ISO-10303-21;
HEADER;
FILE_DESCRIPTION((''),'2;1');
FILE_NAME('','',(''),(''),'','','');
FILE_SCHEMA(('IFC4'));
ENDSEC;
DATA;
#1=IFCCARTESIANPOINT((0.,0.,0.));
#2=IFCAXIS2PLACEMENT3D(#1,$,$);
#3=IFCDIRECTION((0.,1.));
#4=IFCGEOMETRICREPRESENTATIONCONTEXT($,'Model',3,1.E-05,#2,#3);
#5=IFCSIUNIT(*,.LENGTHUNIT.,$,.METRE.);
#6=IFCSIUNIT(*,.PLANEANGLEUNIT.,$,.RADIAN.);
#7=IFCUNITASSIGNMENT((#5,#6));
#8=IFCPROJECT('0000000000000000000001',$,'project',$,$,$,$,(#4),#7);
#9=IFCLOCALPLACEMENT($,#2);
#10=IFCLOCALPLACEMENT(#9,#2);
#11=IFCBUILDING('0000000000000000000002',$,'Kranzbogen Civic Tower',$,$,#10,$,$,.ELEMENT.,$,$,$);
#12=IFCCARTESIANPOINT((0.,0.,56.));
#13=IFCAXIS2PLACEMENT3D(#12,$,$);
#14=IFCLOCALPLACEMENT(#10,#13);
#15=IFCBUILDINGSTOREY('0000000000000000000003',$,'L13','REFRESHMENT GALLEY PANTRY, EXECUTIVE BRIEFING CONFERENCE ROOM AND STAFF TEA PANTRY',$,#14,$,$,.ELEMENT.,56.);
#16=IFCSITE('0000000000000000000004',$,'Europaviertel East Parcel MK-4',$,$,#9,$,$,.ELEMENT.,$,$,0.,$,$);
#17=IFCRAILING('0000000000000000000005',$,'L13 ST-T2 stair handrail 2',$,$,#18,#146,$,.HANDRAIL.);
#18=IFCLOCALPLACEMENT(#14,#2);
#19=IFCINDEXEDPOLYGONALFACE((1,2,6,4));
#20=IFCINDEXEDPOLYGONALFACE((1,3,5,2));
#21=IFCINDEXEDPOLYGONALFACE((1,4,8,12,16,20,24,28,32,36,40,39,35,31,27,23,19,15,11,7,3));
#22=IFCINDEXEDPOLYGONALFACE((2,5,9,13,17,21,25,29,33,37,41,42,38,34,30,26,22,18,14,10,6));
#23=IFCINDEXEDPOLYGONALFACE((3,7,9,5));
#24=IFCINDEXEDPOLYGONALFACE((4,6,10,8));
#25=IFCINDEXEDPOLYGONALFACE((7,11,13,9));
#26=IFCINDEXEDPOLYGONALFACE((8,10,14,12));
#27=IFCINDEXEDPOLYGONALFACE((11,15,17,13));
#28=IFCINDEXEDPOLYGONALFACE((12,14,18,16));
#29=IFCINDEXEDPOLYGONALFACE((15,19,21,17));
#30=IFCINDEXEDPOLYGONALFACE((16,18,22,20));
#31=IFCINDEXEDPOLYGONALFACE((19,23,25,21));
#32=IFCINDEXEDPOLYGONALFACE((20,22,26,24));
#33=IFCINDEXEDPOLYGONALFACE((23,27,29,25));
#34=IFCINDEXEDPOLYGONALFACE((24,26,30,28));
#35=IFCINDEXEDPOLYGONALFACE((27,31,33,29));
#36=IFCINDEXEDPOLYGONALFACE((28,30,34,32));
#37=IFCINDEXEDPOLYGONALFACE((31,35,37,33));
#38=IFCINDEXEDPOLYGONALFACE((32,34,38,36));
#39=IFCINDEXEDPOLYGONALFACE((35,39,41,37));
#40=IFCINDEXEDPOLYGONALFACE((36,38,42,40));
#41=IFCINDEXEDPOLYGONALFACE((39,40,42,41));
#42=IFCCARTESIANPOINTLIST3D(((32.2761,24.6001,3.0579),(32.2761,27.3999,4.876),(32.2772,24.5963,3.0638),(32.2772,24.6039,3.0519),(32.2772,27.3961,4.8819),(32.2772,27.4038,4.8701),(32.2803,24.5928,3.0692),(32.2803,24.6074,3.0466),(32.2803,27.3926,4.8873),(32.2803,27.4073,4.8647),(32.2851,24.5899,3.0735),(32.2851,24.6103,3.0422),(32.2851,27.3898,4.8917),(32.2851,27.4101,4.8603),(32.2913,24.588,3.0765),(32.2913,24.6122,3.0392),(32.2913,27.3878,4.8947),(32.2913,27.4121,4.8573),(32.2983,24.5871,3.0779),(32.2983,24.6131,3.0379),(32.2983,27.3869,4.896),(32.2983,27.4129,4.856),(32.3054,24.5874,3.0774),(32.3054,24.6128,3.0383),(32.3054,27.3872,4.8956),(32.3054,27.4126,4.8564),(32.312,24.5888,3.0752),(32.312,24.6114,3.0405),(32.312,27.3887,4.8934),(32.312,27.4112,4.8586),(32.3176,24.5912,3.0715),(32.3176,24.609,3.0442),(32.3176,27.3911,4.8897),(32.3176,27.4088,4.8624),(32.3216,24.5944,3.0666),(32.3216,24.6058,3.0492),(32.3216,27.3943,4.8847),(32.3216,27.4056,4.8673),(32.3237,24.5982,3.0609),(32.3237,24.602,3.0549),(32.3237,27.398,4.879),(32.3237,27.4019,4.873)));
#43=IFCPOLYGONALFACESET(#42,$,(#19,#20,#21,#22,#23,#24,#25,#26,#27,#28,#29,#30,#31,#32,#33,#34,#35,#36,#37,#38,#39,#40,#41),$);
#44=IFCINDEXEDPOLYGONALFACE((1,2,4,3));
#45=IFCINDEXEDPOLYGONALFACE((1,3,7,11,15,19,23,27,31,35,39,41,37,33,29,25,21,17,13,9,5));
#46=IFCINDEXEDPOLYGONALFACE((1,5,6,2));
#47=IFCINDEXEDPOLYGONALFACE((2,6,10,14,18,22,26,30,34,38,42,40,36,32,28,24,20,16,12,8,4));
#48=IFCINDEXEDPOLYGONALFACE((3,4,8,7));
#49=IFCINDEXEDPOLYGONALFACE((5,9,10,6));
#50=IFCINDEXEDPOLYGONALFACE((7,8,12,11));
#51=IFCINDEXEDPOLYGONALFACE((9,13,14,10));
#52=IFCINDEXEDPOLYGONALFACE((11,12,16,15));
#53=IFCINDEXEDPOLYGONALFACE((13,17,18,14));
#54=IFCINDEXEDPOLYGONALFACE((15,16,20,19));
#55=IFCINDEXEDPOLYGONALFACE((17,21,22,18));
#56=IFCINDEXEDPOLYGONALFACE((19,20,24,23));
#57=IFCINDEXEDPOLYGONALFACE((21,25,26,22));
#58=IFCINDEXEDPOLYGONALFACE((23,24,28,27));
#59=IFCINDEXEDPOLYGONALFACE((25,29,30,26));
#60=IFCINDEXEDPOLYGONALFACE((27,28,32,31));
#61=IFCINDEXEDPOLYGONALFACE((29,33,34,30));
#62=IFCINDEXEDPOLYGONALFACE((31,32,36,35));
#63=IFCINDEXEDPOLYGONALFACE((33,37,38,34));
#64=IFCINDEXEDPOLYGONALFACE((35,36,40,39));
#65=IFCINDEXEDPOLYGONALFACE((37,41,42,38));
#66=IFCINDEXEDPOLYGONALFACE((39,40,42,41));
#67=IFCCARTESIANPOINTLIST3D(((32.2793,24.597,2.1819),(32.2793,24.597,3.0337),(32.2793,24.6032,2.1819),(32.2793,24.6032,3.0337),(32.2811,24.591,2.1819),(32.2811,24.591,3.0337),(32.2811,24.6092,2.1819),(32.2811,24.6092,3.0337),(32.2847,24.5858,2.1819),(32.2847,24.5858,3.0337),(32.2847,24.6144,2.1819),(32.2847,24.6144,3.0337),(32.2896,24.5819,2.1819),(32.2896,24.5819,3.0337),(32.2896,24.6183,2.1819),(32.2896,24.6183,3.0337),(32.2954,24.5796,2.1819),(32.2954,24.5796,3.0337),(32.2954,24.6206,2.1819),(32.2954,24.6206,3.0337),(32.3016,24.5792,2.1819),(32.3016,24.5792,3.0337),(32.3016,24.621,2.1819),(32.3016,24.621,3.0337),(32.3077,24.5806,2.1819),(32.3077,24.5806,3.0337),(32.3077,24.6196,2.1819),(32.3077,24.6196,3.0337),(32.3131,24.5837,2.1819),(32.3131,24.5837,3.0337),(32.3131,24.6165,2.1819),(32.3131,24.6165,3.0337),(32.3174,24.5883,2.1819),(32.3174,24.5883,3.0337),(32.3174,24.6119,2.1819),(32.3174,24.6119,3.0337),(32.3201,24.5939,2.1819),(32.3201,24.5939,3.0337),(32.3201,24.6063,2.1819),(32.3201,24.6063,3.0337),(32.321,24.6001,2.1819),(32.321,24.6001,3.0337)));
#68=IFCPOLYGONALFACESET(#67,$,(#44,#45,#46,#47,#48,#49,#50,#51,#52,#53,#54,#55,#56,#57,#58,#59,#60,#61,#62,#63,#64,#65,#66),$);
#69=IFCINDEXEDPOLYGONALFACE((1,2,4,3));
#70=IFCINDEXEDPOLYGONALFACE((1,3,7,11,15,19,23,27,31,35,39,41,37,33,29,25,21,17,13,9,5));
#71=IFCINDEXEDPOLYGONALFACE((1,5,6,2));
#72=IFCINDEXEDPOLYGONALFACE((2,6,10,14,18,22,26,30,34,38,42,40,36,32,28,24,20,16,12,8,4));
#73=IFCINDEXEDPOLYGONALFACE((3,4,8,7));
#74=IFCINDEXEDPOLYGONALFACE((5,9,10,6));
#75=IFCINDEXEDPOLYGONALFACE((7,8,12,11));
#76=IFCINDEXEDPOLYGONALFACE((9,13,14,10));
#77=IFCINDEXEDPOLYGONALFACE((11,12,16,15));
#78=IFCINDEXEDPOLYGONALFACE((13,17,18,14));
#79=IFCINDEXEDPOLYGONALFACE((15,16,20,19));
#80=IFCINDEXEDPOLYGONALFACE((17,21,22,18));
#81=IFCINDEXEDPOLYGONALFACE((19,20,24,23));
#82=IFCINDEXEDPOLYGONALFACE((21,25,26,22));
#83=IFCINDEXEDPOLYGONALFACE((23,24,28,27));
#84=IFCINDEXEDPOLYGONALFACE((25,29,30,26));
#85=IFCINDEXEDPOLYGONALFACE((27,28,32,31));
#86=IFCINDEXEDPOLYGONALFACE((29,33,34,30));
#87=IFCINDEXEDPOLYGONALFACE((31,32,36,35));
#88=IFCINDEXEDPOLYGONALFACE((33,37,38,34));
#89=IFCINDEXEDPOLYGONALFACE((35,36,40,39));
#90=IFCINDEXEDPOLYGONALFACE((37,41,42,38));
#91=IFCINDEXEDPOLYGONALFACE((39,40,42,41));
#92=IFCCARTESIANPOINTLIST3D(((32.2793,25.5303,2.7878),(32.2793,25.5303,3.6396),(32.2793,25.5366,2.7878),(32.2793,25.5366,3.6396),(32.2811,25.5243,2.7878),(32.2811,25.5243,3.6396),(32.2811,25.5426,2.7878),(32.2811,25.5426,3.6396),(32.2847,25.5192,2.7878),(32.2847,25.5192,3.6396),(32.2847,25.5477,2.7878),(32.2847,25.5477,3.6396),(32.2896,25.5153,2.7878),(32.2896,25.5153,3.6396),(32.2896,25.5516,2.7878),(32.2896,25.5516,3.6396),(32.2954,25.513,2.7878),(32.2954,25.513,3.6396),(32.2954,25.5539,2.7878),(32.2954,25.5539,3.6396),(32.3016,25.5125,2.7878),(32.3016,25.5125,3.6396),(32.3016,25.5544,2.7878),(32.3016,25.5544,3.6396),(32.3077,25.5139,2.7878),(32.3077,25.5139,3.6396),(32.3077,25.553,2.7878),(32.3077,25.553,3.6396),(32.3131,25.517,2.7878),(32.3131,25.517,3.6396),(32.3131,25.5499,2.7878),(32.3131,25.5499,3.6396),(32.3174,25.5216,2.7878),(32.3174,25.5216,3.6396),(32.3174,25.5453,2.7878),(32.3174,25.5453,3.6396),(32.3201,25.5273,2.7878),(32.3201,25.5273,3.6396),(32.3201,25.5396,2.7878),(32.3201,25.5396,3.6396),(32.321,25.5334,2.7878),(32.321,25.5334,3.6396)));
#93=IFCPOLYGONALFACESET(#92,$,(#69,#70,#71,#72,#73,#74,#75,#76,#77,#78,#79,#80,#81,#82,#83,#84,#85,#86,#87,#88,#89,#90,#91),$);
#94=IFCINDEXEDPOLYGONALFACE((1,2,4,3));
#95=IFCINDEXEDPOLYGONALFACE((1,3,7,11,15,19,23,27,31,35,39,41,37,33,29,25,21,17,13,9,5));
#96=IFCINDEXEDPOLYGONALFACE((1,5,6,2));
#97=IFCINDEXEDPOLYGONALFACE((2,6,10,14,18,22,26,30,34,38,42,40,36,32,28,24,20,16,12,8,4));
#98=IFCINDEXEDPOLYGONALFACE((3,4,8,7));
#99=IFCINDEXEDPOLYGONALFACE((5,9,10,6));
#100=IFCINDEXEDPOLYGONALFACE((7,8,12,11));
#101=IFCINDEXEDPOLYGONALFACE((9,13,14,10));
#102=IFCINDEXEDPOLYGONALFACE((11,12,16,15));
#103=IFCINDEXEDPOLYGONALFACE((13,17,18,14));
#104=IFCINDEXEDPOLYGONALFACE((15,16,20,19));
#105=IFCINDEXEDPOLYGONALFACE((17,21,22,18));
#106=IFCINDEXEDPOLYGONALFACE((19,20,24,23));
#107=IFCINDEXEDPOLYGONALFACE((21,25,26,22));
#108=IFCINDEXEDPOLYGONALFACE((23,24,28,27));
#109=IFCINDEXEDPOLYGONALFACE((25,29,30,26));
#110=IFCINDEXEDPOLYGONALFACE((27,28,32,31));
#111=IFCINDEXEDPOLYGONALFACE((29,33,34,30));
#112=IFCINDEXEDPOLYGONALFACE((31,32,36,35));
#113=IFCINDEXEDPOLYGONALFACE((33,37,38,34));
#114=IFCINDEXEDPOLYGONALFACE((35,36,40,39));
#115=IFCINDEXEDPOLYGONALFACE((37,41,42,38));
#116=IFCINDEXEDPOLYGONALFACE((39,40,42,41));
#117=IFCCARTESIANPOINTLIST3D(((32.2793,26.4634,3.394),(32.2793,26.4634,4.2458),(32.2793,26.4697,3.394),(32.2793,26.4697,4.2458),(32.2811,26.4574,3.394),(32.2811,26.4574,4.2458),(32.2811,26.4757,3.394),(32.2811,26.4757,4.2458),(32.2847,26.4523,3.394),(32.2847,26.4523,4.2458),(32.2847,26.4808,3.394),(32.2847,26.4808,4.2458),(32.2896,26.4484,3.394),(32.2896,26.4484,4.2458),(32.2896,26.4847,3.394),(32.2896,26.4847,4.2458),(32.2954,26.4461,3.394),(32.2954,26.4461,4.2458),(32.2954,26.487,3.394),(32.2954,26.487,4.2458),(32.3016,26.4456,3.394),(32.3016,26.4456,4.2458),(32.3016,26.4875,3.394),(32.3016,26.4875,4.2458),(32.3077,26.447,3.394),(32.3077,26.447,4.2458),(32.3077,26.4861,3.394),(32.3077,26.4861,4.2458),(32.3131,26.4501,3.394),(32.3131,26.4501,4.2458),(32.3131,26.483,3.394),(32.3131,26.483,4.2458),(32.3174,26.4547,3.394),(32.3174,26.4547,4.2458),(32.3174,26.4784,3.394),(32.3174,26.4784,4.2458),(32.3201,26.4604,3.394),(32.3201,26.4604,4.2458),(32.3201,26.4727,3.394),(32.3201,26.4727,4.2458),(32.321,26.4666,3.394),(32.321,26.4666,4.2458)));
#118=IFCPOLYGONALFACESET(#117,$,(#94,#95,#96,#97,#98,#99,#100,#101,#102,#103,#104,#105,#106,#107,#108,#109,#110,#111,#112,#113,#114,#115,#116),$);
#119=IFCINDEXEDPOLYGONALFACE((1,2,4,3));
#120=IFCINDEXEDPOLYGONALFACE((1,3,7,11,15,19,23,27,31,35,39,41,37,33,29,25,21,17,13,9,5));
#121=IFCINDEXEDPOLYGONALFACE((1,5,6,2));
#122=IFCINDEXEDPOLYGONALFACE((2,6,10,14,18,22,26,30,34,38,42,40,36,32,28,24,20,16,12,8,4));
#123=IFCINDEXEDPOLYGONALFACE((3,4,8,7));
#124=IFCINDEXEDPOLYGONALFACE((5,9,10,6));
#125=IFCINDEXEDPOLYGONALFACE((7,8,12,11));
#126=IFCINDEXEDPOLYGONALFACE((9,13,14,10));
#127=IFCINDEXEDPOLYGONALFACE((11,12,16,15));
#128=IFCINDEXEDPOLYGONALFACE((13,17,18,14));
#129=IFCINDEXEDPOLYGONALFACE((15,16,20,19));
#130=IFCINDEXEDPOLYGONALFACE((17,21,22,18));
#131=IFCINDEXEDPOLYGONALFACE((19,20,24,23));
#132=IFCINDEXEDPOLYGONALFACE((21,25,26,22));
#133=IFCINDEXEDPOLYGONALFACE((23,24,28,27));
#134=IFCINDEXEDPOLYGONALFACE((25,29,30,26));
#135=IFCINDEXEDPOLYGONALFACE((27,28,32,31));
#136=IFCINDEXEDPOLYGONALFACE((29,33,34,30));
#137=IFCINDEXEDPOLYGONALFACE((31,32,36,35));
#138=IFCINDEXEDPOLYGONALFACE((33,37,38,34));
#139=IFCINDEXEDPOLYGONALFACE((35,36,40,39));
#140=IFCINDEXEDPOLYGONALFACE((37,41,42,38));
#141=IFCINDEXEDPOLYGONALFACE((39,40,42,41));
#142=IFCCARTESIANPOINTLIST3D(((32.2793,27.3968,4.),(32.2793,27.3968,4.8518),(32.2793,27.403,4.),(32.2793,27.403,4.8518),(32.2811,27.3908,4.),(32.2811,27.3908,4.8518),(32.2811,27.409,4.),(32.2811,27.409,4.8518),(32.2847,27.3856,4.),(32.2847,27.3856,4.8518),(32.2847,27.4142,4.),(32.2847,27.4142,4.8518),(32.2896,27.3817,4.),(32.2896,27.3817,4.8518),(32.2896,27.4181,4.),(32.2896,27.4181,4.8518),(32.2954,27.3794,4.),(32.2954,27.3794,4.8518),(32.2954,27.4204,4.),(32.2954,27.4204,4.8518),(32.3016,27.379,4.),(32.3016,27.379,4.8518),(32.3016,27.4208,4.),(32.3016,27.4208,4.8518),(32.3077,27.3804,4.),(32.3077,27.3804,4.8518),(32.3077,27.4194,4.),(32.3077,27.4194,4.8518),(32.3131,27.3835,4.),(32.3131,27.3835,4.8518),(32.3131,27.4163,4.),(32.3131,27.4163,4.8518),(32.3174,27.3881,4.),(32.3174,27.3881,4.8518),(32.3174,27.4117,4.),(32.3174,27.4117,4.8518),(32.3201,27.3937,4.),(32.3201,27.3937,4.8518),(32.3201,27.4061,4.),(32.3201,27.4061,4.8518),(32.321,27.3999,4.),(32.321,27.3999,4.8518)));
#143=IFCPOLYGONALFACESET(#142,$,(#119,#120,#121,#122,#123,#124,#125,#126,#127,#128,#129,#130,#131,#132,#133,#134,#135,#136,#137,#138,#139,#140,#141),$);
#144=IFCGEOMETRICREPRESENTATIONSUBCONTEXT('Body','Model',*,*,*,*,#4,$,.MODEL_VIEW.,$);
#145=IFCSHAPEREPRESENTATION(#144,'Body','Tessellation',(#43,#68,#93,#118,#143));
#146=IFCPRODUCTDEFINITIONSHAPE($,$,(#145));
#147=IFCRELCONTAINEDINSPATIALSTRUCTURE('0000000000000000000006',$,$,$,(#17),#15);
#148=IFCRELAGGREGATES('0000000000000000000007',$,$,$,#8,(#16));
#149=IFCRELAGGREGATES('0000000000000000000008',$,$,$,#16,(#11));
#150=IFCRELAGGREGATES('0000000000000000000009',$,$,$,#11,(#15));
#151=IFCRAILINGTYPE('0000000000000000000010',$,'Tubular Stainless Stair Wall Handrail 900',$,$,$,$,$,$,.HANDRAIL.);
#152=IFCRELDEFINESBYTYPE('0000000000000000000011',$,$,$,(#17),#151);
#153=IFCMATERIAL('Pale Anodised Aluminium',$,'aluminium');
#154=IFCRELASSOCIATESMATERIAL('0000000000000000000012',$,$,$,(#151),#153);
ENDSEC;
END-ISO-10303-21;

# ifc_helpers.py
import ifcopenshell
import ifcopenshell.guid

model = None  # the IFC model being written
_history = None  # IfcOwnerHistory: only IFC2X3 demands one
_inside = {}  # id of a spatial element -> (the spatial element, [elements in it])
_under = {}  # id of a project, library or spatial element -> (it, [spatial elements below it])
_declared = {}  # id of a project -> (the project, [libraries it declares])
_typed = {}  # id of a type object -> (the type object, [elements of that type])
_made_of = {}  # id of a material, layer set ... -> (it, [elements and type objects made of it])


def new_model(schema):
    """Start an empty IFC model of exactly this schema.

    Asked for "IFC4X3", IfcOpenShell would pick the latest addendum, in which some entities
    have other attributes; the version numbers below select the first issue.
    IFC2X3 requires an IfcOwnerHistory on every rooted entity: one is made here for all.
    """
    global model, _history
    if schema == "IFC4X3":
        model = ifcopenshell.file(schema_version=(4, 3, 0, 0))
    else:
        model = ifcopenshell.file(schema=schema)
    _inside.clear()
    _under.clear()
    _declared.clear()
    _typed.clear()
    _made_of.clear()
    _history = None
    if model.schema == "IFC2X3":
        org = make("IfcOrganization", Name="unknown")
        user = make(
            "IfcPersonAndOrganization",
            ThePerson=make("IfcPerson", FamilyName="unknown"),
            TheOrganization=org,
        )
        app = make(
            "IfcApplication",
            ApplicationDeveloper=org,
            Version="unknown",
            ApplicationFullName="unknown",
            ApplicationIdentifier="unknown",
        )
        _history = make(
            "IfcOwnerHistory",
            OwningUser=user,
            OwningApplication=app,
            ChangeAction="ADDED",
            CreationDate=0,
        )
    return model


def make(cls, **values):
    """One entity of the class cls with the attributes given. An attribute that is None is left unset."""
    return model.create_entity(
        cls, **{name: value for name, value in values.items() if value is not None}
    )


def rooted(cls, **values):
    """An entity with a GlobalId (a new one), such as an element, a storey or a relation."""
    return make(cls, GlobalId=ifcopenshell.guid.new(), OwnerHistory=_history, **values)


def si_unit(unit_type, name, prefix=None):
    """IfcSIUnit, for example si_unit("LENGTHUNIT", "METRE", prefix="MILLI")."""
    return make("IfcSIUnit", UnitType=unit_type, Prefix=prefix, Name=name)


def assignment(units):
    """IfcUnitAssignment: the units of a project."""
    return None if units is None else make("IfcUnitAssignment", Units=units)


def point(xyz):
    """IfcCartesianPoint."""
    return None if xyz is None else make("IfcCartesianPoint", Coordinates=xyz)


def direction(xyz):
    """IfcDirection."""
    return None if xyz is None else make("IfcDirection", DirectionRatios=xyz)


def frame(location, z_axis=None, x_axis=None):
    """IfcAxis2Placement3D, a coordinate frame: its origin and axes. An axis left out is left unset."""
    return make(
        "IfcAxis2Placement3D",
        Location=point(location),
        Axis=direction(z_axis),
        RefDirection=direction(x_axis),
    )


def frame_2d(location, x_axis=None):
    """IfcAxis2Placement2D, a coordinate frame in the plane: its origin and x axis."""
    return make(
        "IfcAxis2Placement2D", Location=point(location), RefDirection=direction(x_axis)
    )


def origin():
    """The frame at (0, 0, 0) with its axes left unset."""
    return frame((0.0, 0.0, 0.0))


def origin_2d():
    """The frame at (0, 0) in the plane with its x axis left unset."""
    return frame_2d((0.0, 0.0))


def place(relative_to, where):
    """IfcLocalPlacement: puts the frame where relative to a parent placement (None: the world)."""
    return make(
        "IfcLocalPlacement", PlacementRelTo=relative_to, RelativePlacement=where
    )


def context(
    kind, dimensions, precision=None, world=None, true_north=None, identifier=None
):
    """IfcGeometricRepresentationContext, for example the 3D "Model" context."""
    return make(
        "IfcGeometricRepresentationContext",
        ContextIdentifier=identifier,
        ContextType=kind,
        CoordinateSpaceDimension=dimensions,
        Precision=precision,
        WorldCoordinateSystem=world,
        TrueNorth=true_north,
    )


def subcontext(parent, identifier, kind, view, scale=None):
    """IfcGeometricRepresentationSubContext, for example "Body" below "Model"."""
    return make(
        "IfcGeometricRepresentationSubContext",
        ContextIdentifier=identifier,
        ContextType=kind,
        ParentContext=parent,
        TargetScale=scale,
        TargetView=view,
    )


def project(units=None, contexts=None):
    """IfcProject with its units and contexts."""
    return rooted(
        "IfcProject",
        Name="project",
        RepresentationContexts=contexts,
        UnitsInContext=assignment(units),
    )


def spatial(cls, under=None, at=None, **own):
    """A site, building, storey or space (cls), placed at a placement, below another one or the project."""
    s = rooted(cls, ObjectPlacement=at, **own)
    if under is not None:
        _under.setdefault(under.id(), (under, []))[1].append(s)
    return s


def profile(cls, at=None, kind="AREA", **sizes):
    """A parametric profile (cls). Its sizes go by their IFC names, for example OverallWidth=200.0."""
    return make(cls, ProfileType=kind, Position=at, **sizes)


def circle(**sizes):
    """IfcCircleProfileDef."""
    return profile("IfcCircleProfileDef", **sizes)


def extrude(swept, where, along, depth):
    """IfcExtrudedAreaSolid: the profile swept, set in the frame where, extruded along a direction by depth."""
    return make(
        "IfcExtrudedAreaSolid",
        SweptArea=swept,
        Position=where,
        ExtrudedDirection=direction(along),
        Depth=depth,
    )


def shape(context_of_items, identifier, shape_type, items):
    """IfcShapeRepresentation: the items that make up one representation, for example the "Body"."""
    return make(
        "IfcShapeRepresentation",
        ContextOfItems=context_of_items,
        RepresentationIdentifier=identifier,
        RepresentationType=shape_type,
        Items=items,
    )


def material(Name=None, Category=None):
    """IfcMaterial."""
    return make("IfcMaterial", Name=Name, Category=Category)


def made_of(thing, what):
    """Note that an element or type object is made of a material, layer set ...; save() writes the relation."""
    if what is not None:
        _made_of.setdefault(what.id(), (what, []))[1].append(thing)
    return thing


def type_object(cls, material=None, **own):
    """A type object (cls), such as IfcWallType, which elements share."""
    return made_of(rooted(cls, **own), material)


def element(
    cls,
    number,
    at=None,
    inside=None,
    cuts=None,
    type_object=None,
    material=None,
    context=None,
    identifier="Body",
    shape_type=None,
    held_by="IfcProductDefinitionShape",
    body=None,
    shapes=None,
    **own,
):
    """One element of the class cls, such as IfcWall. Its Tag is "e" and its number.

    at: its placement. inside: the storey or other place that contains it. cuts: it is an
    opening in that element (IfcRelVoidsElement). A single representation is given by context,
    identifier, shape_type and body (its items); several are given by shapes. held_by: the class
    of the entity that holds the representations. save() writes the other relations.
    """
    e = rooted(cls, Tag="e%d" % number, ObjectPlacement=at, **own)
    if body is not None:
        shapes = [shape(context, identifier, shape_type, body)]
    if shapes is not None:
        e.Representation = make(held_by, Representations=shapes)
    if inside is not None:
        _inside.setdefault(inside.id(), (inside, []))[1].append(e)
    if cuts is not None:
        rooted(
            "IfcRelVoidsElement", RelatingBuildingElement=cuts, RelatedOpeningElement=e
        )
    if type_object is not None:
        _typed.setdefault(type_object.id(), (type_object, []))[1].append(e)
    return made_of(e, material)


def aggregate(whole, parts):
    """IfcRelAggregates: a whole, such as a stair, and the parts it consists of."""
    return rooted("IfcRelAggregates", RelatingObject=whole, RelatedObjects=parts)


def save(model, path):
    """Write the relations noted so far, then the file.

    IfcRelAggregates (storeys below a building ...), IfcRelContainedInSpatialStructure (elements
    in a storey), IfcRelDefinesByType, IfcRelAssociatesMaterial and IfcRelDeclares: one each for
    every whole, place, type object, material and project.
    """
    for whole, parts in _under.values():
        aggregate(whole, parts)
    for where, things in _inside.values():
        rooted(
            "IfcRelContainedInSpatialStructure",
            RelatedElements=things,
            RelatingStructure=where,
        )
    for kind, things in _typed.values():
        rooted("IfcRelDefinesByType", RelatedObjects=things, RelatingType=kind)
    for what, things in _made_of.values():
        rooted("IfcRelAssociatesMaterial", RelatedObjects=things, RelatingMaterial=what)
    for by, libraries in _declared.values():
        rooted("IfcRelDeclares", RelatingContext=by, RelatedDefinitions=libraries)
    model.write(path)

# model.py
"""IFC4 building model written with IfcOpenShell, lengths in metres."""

from ifc_helpers import new_model, si_unit, direction, frame, origin, origin_2d, place, context, subcontext, project, spatial, circle, extrude, material, type_object, element, save


model = new_model("IFC4")

# Units and contexts
model_context = context("Model", 3, precision=1e-05, world=origin(), true_north=direction((0.0, 1.0)))
body_context = subcontext(model_context, "Body", "Model", "MODEL_VIEW")
ifc_project = project(units=[si_unit("LENGTHUNIT", "METRE"), si_unit("PLANEANGLEUNIT", "RADIAN")], contexts=[model_context])

# Site, building, storey
site_placement = place(None, origin())
site = spatial("IfcSite", under=ifc_project, at=site_placement, Name="Europaviertel East Parcel MK-4", CompositionType="ELEMENT", RefElevation=0.0)
building_placement = place(site_placement, origin())
building = spatial("IfcBuilding", under=site, at=building_placement, Name="Kranzbogen Civic Tower", CompositionType="ELEMENT")
storey_placement = place(building_placement, frame((0.0, 0.0, 56.0)))
storey = spatial("IfcBuildingStorey", under=building, at=storey_placement, Name="L13", Description="REFRESHMENT GALLEY PANTRY, EXECUTIVE BRIEFING CONFERENCE ROOM AND STAFF TEA PANTRY", CompositionType="ELEMENT", Elevation=56.0)

# Shared definitions
ifc_material_1 = material(Name="Pale Anodised Aluminium", Category="aluminium")

# Railing
railing_type_1 = type_object("IfcRailingType", Name="Tubular Stainless Stair Wall Handrail 900", PredefinedType="HANDRAIL", material=ifc_material_1)
railing_1_placement = place(storey_placement, frame((32.3, 24.6001, 2.1819)))
element("IfcRailing", 1, at=railing_1_placement, inside=storey, type_object=railing_type_1, Name="L13 ST-T2 stair handrail 2", PredefinedType="HANDRAIL", context=body_context, shape_type="SweptSolid", body=[
    extrude(circle(Radius=0.0239, at=origin_2d()), frame((0.0, 0.0, 0.876), z_axis=(0.0, 0.838684, 0.544618), x_axis=(-1.0, 0.0, 0.0)), (0.0, 0.0, 1.0), 3.3384),
    extrude(circle(Radius=0.021, at=origin_2d()), origin(), (0.0, 0.0, 1.0), 0.8518),
    extrude(circle(Radius=0.021, at=origin_2d()), frame((0.0, 0.9333, 0.606)), (0.0, 0.0, 1.0), 0.8518),
    extrude(circle(Radius=0.021, at=origin_2d()), frame((0.0, 1.8665, 1.2122)), (0.0, 0.0, 1.0), 0.8518),
    extrude(circle(Radius=0.021, at=origin_2d()), frame((0.0, 2.7998, 1.8181)), (0.0, 0.0, 1.0), 0.8518),
])

save(model, "model.ifc")
